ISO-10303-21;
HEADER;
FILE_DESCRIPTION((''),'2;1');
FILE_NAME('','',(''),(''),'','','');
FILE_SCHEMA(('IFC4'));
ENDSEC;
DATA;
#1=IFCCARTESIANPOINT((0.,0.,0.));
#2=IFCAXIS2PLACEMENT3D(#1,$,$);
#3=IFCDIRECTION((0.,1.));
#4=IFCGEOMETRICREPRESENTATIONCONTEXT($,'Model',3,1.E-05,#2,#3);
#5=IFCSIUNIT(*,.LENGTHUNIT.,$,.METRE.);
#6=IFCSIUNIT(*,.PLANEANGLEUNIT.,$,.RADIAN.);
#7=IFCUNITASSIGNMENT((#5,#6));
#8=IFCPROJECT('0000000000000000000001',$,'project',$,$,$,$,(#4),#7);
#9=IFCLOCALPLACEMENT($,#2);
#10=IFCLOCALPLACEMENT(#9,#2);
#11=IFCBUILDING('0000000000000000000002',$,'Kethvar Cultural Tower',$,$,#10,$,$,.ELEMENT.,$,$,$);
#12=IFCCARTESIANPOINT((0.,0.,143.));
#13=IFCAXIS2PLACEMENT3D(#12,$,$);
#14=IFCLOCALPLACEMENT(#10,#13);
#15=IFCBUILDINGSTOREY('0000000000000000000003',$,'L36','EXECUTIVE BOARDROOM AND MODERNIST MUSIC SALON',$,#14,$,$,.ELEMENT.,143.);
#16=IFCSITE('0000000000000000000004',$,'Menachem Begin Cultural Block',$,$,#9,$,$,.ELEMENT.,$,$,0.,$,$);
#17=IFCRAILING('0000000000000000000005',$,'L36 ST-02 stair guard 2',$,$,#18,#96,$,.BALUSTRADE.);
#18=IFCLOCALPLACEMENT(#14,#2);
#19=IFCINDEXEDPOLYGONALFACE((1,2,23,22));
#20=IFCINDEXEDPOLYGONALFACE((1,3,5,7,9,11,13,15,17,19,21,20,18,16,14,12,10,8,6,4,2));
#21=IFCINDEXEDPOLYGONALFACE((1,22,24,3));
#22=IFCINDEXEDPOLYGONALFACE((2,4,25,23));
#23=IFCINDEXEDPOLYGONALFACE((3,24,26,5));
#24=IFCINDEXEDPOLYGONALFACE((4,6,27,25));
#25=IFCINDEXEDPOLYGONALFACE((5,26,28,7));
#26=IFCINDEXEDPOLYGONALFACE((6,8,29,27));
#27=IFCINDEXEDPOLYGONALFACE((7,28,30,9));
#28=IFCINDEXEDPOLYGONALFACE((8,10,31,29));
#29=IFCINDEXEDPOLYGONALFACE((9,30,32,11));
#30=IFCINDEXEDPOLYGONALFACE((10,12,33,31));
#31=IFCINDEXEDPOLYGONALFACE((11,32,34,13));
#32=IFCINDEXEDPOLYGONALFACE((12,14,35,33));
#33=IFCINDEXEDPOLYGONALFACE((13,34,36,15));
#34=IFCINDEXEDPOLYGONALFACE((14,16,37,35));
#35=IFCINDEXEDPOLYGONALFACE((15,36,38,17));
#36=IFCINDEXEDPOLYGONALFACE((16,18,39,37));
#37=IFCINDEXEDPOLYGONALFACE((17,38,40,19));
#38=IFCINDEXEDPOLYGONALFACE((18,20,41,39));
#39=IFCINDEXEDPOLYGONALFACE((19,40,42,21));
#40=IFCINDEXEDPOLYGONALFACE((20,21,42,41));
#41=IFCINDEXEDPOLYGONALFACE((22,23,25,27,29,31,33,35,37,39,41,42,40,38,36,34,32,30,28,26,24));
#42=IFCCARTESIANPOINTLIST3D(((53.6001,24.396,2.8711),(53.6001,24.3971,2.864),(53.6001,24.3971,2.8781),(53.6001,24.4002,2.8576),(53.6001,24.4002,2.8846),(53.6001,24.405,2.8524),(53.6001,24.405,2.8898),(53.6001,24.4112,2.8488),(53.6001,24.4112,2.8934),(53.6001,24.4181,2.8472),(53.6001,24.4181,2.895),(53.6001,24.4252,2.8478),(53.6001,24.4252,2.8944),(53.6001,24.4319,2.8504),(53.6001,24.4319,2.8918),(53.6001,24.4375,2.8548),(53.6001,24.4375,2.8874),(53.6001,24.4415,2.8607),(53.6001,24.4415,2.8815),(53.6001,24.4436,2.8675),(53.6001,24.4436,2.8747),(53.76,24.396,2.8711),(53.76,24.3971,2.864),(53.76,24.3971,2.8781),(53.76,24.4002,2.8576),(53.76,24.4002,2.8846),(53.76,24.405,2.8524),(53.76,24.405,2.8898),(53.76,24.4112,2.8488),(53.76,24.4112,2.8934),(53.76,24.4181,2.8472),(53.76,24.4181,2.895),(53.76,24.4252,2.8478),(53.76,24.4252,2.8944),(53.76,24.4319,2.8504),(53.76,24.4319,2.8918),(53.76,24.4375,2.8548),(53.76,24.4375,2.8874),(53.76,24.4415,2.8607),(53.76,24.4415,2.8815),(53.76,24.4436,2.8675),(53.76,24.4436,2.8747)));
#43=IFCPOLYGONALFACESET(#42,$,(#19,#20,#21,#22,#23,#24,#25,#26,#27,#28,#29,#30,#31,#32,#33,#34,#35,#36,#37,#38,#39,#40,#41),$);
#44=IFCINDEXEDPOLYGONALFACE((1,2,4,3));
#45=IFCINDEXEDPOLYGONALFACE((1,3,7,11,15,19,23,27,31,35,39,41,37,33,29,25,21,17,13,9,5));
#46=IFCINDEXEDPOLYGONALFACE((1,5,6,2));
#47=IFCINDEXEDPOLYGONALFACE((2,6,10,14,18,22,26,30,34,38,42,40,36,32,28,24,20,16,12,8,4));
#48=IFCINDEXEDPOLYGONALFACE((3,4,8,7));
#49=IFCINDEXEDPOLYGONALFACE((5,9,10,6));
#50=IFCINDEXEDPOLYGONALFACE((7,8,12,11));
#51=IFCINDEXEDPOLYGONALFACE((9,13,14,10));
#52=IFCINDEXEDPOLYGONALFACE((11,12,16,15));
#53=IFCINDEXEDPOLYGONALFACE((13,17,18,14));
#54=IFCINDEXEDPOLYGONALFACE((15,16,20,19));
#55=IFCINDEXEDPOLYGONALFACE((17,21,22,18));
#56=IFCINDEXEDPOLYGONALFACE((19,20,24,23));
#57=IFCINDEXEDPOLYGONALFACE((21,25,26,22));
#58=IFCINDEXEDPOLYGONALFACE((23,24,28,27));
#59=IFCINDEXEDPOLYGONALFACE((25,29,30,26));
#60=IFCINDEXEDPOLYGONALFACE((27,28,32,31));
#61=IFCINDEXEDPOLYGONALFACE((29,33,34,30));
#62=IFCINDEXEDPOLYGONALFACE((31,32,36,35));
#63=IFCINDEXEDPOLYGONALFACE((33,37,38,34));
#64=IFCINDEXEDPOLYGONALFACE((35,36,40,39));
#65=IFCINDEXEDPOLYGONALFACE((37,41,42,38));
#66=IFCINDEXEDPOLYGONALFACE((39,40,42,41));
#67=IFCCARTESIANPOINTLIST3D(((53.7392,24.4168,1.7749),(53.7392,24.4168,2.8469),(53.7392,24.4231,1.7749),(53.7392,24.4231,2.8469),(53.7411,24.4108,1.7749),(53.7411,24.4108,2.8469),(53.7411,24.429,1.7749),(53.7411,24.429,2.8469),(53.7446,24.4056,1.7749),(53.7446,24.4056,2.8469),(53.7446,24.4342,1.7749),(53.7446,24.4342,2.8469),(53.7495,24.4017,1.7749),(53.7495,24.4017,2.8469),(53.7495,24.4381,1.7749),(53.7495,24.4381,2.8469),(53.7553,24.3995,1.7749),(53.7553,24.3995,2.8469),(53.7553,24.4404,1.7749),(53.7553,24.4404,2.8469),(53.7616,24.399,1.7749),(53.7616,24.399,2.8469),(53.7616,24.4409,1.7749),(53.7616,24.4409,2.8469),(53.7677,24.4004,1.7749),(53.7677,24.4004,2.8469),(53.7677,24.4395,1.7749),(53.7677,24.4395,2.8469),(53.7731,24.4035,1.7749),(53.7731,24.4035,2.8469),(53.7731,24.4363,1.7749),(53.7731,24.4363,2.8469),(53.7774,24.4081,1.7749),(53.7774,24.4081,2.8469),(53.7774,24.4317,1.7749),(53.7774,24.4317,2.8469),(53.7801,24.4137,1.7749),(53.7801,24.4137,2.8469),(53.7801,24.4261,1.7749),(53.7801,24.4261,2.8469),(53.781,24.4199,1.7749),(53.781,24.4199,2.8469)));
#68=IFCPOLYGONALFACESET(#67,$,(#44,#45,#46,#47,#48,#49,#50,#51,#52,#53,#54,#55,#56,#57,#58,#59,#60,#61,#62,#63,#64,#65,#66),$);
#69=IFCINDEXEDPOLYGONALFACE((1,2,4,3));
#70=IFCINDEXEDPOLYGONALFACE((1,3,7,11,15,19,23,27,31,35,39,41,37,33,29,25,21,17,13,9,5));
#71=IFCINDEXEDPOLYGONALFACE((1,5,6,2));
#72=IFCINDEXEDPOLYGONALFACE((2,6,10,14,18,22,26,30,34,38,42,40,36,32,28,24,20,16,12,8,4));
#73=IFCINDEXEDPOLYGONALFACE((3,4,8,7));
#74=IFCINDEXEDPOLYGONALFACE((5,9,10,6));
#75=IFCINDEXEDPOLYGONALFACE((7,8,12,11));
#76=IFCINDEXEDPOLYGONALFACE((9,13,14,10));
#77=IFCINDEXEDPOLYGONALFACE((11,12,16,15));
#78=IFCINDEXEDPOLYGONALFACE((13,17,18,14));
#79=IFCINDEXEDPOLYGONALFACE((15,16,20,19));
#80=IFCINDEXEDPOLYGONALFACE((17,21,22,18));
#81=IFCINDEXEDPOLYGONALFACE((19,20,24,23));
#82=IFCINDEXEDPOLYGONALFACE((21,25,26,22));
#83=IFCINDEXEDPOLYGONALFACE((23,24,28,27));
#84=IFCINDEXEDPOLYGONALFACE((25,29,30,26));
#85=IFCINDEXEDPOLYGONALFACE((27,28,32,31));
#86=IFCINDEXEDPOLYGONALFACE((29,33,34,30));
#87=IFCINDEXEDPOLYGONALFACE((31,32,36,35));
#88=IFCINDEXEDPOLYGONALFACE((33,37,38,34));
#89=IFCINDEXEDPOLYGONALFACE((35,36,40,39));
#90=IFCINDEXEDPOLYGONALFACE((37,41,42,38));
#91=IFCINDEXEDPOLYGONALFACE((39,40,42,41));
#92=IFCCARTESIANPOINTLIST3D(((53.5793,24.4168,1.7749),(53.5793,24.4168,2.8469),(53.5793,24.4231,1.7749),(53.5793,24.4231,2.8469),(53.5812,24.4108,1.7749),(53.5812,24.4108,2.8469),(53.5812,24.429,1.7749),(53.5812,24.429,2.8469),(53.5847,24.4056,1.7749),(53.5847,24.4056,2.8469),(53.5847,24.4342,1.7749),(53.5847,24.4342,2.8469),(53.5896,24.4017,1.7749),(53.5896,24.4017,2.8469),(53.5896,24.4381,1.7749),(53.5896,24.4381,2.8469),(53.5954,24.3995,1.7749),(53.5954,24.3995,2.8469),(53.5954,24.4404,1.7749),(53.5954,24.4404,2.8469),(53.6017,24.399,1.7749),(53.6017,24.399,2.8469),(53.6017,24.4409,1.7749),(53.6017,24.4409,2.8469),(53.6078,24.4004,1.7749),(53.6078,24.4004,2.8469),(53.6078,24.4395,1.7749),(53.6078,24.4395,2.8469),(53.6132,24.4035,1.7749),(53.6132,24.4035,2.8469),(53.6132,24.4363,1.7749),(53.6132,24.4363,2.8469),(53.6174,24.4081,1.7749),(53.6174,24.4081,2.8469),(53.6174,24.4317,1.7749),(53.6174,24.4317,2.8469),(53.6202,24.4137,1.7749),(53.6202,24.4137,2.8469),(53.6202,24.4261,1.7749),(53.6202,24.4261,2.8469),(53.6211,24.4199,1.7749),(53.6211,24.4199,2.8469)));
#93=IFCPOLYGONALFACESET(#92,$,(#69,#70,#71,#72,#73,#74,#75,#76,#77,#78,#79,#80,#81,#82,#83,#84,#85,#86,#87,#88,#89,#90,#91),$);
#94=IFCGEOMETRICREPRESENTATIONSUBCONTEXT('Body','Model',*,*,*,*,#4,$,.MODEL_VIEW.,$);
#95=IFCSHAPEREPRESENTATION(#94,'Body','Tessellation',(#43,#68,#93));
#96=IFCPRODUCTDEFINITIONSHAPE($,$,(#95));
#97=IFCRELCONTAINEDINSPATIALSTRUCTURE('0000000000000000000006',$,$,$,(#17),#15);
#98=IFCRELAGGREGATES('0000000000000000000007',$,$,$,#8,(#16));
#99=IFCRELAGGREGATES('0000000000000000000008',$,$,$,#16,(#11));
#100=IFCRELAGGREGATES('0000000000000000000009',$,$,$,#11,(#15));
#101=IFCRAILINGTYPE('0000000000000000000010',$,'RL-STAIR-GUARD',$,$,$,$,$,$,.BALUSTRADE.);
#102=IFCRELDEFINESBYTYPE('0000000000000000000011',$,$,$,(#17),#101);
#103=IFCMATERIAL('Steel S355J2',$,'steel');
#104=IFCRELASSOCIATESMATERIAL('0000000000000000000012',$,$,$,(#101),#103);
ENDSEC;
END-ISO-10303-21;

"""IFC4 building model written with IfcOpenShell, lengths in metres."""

from ifc_helpers import new_model, si_unit, direction, frame, origin, origin_2d, place, context, subcontext, project, spatial, circle, extrude, material, type_object, element, save


model = new_model("IFC4")

# Units and contexts
model_context = context("Model", 3, precision=1e-05, world=origin(), true_north=direction((0.0, 1.0)))
body_context = subcontext(model_context, "Body", "Model", "MODEL_VIEW")
ifc_project = project(units=[si_unit("LENGTHUNIT", "METRE"), si_unit("PLANEANGLEUNIT", "RADIAN")], contexts=[model_context])

# Site, building, storey
site_placement = place(None, origin())
site = spatial("IfcSite", under=ifc_project, at=site_placement, Name="Menachem Begin Cultural Block", CompositionType="ELEMENT", RefElevation=0.0)
building_placement = place(site_placement, origin())
building = spatial("IfcBuilding", under=site, at=building_placement, Name="Kethvar Cultural Tower", CompositionType="ELEMENT")
storey_placement = place(building_placement, frame((0.0, 0.0, 143.0)))
storey = spatial("IfcBuildingStorey", under=building, at=storey_placement, Name="L36", Description="EXECUTIVE BOARDROOM AND MODERNIST MUSIC SALON", CompositionType="ELEMENT", Elevation=143.0)

# Shared definitions
ifc_material_1 = material(Name="Steel S355J2", Category="steel")

# Railing
railing_type_1 = type_object("IfcRailingType", Name="RL-STAIR-GUARD", PredefinedType="BALUSTRADE", material=ifc_material_1)
railing_1_placement = place(storey_placement, frame((53.76, 24.4199, 1.7749)))
element("IfcRailing", 1, at=railing_1_placement, inside=storey, type_object=railing_type_1, Name="L36 ST-02 stair guard 2", PredefinedType="BALUSTRADE", context=body_context, shape_type="SweptSolid", body=[
    extrude(circle(Radius=0.0239, at=origin_2d()), frame((0.0, 0.0, 1.0962), z_axis=(-1.0, 0.0, 0.0), x_axis=(0.0, -1.0, 0.0)), (0.0, 0.0, 1.0), 0.1599),
    extrude(circle(Radius=0.021, at=origin_2d()), origin(), (0.0, 0.0, 1.0), 1.072),
    extrude(circle(Radius=0.021, at=origin_2d()), frame((-0.1599, 0.0, 0.0)), (0.0, 0.0, 1.0), 1.072),
])

save(model, "model.ifc")
